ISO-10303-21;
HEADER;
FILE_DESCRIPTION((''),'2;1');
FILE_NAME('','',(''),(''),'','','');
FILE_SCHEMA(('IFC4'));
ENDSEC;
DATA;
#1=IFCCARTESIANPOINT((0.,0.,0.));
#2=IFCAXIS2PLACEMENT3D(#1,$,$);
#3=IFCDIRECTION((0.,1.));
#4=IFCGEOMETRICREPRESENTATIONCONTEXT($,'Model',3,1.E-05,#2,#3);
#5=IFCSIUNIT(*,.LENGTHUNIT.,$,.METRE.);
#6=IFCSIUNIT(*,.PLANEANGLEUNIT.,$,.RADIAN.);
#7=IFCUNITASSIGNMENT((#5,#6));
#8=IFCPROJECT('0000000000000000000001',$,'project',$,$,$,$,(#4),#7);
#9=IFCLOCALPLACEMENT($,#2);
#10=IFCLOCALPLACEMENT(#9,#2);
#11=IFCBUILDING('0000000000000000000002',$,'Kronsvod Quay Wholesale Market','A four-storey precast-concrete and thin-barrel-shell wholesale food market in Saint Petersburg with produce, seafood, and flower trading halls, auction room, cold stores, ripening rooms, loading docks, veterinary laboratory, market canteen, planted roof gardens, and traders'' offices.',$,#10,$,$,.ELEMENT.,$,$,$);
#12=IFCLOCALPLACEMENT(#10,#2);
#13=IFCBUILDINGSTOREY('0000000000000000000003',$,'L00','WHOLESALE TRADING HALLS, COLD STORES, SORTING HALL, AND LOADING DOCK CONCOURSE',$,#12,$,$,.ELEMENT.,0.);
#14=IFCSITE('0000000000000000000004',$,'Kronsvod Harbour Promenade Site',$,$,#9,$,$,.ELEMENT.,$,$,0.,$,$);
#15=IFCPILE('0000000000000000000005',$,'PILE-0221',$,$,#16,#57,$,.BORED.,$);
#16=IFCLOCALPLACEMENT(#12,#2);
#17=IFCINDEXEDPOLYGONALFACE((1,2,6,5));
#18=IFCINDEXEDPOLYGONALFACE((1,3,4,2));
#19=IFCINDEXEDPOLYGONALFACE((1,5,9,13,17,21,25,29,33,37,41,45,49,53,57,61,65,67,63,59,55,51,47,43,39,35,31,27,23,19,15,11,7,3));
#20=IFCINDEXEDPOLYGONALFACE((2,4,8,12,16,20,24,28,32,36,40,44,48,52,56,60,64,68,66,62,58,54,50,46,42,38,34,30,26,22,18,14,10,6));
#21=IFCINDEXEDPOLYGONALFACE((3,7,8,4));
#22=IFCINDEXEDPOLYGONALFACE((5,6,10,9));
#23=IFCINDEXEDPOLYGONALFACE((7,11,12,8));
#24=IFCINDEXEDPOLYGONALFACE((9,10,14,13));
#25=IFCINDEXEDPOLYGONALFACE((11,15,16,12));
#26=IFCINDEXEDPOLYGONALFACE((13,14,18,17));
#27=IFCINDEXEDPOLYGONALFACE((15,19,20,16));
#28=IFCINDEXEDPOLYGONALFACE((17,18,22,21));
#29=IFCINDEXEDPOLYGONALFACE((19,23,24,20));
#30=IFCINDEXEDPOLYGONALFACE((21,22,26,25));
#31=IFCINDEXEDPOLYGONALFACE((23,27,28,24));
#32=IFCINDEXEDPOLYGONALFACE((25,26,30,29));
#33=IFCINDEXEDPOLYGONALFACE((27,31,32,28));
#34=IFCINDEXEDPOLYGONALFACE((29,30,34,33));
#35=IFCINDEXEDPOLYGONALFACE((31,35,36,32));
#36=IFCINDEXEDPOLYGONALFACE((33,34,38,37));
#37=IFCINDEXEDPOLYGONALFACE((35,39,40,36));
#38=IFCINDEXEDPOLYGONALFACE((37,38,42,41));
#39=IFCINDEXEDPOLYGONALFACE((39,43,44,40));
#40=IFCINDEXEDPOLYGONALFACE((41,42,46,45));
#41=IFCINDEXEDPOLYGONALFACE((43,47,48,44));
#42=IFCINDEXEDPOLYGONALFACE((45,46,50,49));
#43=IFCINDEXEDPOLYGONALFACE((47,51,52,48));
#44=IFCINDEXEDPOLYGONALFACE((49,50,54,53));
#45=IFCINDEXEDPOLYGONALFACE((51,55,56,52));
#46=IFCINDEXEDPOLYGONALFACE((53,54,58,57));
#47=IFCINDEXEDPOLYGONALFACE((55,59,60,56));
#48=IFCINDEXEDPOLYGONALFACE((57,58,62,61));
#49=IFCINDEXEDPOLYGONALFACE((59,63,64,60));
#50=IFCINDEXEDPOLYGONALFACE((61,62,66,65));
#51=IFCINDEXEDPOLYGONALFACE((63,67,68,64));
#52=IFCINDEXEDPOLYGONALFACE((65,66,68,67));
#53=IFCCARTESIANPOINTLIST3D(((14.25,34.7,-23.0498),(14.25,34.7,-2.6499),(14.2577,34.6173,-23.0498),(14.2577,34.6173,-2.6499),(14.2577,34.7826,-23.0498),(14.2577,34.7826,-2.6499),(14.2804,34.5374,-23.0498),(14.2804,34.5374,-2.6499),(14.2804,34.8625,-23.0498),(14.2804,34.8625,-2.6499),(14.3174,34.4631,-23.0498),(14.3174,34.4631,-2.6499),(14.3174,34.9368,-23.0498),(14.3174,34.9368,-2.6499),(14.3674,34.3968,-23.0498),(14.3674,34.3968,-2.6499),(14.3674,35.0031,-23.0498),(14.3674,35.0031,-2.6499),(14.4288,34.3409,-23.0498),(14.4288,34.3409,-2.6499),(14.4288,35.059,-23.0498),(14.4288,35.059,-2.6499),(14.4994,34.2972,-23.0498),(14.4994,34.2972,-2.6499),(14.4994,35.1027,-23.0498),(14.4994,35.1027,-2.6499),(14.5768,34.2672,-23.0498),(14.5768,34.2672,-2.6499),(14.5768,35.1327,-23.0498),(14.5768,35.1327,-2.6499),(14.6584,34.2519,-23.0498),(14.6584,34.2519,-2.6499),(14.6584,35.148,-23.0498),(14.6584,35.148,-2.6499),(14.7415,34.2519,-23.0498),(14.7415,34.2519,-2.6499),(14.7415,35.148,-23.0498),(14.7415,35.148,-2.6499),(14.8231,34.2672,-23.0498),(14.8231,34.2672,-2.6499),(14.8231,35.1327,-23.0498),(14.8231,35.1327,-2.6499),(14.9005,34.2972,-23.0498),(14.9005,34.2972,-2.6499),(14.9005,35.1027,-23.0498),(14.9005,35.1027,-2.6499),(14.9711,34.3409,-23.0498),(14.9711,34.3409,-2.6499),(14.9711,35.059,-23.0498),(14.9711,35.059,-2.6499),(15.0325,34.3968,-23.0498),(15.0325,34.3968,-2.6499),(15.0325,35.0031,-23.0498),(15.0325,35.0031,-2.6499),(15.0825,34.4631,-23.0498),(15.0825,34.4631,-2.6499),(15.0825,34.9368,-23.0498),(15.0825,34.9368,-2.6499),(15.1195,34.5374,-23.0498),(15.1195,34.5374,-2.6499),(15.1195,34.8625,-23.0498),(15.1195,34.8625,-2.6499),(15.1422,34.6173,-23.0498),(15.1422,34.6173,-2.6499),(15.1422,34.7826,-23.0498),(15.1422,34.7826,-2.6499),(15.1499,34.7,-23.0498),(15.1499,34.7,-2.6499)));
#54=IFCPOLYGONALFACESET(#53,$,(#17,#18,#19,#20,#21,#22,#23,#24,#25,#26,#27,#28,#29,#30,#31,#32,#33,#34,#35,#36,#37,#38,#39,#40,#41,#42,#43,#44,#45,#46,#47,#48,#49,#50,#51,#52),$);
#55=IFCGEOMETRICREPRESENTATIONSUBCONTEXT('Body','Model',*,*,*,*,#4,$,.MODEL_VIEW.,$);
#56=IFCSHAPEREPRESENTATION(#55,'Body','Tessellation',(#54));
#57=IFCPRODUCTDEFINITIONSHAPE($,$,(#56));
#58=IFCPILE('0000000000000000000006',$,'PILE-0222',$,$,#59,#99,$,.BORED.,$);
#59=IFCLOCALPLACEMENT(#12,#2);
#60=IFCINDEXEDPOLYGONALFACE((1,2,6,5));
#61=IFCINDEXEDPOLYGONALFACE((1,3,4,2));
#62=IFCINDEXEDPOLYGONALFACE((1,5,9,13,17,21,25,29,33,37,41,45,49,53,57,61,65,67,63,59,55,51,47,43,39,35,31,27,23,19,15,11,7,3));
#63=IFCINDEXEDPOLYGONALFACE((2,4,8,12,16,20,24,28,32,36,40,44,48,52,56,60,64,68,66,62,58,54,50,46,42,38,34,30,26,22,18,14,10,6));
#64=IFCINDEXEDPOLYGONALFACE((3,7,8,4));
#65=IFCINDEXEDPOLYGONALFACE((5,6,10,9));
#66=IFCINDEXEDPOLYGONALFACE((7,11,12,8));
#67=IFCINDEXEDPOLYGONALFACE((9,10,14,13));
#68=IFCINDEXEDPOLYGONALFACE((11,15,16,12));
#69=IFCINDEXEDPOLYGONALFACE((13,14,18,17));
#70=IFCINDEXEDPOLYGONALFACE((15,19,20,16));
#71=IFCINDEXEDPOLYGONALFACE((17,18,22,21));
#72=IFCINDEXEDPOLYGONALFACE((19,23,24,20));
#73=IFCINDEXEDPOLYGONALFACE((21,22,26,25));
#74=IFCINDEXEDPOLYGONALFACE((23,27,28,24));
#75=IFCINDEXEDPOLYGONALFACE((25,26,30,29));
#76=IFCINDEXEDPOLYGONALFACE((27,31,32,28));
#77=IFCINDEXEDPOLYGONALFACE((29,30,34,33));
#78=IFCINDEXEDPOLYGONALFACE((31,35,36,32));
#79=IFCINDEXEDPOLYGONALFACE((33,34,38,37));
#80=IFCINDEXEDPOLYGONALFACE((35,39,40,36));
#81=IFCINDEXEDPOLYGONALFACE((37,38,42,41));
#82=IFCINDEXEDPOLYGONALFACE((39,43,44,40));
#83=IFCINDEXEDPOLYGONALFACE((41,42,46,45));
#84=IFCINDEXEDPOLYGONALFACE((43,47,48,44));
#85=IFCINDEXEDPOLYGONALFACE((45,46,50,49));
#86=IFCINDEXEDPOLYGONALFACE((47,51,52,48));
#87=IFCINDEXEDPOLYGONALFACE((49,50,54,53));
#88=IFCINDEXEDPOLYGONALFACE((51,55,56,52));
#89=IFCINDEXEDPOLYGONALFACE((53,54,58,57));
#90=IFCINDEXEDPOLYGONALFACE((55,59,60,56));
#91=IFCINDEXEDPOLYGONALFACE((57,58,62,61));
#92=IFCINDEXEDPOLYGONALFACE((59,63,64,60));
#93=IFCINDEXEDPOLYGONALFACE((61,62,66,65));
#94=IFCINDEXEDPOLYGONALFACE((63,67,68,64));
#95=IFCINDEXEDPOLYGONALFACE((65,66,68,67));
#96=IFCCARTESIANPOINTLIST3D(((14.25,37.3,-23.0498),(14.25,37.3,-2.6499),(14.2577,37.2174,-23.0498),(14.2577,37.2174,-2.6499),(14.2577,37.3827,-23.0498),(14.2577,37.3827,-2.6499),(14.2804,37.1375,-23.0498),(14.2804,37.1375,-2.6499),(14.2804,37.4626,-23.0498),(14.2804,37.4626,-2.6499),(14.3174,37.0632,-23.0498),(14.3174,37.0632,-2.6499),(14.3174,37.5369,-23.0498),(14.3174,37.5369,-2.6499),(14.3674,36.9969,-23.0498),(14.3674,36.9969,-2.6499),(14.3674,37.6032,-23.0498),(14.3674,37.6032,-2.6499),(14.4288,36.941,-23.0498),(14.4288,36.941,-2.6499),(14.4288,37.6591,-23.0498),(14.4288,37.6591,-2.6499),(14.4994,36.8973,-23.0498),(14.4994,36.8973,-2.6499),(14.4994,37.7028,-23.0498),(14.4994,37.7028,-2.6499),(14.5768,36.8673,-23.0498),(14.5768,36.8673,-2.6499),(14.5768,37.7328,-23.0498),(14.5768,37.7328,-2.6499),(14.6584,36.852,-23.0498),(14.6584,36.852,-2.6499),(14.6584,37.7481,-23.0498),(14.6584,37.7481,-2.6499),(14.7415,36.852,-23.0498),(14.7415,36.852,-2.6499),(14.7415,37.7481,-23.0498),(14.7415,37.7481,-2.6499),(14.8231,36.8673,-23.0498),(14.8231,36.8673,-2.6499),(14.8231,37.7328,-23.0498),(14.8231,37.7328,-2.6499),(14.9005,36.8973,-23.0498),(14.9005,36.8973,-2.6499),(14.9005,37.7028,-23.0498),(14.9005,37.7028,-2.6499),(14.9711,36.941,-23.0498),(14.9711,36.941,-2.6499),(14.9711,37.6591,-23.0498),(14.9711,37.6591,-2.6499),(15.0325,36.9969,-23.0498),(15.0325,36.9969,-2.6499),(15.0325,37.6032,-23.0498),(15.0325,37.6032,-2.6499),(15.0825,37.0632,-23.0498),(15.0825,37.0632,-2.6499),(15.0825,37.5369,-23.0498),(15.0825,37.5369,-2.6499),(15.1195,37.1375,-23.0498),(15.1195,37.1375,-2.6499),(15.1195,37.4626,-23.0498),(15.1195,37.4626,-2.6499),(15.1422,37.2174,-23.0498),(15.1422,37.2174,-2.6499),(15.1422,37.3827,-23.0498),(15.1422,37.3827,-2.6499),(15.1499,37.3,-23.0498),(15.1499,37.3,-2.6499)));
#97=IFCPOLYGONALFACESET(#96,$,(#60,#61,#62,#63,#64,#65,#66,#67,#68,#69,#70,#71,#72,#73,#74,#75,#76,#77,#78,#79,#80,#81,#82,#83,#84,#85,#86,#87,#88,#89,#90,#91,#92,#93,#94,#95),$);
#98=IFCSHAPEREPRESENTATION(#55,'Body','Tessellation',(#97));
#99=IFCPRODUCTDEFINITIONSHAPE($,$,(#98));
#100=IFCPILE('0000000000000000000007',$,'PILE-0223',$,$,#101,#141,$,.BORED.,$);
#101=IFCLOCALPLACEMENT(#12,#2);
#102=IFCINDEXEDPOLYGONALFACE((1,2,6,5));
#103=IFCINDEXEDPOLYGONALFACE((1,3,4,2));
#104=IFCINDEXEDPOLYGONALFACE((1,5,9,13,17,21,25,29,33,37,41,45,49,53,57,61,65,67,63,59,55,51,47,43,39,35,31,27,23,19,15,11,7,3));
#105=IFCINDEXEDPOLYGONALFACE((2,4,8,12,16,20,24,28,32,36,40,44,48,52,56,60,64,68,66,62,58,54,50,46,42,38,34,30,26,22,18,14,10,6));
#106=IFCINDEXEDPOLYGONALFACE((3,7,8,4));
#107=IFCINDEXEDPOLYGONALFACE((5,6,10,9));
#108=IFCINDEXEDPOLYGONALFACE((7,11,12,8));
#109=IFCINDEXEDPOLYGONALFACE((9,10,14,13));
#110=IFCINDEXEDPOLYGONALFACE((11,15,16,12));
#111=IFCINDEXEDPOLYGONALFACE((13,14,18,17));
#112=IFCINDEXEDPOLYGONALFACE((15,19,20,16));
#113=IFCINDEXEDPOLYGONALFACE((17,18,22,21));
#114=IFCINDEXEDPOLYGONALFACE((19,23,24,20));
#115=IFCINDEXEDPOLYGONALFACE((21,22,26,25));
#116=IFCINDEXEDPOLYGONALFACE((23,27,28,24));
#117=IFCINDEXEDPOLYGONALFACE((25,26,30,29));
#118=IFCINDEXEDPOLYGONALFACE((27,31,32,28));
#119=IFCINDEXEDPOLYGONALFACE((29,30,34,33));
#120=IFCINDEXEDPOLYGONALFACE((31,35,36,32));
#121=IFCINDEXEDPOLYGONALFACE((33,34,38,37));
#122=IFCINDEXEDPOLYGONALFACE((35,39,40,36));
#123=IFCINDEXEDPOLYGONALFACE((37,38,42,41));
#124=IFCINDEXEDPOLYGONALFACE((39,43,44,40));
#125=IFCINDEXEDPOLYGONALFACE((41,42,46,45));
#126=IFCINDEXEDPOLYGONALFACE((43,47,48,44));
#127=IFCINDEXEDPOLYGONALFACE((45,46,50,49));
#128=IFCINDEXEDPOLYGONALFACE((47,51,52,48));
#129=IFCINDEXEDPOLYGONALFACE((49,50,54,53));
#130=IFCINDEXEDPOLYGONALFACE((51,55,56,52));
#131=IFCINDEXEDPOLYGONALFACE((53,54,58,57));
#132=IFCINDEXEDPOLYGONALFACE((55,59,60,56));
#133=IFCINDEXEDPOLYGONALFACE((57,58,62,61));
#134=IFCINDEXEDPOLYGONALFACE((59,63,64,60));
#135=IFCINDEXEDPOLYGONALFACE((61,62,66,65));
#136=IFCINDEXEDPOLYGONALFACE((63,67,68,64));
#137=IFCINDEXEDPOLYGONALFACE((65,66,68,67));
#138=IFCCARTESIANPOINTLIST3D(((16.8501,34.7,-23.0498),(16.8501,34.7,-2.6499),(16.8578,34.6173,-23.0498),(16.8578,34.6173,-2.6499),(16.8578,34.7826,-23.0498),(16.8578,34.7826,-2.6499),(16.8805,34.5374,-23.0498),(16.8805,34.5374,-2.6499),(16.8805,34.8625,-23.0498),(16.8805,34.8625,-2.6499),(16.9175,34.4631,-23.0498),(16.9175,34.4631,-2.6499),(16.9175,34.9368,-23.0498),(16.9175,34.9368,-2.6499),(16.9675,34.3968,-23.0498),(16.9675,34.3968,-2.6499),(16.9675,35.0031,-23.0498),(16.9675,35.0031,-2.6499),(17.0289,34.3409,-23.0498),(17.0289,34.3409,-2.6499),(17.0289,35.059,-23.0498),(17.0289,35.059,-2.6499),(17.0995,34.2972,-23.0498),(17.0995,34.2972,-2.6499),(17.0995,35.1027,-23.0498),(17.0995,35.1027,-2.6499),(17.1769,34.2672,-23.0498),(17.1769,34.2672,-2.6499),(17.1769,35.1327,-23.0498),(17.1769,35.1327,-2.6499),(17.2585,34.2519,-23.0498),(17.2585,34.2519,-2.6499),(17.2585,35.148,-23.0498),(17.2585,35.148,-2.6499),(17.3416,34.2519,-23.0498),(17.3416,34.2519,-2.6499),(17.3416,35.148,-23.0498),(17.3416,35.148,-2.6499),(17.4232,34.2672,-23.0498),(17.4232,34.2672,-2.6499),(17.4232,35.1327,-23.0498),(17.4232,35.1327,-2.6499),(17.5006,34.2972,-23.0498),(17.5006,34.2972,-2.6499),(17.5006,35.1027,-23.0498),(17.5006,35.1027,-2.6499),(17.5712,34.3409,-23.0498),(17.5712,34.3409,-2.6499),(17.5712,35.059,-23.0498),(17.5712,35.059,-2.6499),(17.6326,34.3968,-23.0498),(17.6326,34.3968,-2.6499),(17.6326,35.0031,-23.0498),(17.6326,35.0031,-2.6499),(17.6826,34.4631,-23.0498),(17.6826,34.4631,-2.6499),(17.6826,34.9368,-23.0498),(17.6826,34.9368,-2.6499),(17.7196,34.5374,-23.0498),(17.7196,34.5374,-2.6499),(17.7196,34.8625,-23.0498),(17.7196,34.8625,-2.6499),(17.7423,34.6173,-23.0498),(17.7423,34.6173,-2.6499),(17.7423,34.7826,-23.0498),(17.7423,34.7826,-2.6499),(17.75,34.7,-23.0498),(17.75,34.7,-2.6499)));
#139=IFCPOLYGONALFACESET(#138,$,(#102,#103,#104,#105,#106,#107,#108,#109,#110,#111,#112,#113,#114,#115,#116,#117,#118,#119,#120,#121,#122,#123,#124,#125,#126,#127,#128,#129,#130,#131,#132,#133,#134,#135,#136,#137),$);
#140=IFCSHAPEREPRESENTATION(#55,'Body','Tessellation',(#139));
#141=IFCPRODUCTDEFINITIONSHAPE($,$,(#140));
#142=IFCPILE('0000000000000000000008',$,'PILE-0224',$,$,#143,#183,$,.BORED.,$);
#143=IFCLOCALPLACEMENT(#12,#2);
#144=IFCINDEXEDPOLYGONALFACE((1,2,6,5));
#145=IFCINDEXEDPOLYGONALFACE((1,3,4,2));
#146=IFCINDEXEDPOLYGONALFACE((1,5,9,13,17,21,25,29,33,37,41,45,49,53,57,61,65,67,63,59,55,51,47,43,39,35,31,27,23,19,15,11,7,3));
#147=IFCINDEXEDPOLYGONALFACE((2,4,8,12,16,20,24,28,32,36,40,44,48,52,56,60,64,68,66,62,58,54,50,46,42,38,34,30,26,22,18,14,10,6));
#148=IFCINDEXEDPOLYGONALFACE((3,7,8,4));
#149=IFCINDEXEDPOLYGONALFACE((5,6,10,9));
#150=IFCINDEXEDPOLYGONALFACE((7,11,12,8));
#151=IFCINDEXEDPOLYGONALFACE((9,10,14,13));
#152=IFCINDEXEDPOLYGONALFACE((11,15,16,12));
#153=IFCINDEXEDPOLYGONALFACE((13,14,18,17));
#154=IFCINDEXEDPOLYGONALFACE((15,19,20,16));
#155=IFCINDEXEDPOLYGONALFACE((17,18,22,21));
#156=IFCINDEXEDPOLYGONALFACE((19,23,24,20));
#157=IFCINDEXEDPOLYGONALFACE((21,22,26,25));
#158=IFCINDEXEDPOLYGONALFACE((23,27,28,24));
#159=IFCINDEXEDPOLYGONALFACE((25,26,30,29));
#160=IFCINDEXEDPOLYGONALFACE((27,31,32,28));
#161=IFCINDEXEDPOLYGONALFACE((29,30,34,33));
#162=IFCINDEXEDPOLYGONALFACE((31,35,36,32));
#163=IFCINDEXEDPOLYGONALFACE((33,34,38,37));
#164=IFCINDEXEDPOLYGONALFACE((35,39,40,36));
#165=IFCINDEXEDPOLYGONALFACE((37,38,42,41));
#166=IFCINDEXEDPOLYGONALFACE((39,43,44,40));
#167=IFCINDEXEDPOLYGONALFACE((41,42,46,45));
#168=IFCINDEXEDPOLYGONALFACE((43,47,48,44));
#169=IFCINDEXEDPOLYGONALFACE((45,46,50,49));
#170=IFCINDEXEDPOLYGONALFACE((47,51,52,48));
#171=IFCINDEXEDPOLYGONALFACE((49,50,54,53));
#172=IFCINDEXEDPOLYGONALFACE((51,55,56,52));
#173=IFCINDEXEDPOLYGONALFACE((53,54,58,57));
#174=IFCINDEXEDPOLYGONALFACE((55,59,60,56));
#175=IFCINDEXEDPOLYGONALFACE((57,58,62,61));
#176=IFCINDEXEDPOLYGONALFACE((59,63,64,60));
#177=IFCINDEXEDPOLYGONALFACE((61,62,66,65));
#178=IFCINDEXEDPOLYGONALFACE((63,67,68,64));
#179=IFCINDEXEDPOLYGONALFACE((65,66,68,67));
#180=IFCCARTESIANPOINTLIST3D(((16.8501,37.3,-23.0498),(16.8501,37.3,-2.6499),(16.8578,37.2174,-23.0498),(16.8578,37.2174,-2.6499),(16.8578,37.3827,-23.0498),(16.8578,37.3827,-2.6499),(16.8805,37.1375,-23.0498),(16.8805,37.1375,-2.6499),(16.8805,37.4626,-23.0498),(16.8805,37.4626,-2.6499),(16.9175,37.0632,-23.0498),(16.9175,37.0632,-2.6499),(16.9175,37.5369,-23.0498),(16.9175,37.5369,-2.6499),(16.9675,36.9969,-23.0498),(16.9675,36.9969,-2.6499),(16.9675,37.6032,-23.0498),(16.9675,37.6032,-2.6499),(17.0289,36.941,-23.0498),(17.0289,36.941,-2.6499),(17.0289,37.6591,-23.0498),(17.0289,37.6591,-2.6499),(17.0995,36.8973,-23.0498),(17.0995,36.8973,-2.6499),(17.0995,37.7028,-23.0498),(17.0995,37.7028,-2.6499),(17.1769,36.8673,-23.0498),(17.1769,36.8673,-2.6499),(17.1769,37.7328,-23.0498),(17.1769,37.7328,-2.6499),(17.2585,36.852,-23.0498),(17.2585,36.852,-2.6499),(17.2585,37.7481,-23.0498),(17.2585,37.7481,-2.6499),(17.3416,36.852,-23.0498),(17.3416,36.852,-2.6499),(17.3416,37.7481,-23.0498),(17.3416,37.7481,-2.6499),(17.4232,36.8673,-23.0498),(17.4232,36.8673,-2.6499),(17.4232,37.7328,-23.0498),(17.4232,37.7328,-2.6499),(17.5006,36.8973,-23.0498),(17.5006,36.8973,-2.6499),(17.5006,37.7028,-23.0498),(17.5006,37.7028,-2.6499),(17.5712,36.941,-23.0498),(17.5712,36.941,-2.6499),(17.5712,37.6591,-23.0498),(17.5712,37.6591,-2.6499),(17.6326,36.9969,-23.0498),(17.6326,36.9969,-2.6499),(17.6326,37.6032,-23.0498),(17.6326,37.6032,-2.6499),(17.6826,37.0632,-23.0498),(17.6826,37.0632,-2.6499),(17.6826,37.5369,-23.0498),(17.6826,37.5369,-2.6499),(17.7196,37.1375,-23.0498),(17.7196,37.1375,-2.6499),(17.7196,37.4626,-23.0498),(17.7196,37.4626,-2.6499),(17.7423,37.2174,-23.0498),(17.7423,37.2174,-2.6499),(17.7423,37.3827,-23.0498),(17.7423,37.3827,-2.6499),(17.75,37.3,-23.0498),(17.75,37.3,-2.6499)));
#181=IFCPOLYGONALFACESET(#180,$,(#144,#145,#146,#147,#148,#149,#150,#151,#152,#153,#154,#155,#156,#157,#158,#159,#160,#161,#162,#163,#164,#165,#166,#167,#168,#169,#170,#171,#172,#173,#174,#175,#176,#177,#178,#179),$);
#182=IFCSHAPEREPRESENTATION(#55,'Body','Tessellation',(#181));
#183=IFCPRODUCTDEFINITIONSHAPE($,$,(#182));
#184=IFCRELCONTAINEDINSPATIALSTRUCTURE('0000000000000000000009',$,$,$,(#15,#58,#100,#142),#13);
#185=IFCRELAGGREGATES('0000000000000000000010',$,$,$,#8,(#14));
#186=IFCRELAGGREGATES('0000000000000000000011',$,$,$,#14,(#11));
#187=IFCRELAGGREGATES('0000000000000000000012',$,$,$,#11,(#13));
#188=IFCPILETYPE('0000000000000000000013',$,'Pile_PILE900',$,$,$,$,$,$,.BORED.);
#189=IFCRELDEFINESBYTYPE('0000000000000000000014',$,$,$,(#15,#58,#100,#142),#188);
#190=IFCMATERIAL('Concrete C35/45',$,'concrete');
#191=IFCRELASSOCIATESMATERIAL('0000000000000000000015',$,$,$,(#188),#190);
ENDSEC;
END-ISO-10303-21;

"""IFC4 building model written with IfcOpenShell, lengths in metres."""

from ifc_helpers import new_model, si_unit, direction, frame, origin, origin_2d, place, context, subcontext, project, spatial, circle, extrude, material, material_profile, profile_set, type_object, element, save


model = new_model("IFC4")

# Units and contexts
model_context = context("Model", 3, precision=1e-05, world=origin(), true_north=direction((0.0, 1.0)))
body_context = subcontext(model_context, "Body", "Model", "MODEL_VIEW")
ifc_project = project(units=[si_unit("LENGTHUNIT", "METRE"), si_unit("PLANEANGLEUNIT", "RADIAN")], contexts=[model_context])

# Site, building, storey
site_placement = place(None, origin())
site = spatial("IfcSite", under=ifc_project, at=site_placement, Name="Kronsvod Harbour Promenade Site", CompositionType="ELEMENT", RefElevation=0.0)
building_placement = place(site_placement, origin())
building = spatial("IfcBuilding", under=site, at=building_placement, Name="Kronsvod Quay Wholesale Market", Description="A four-storey precast-concrete and thin-barrel-shell wholesale food market in Saint Petersburg with produce, seafood, and flower trading halls, auction room, cold stores, ripening rooms, loading docks, veterinary laboratory, market canteen, planted roof gardens, and traders' offices.", CompositionType="ELEMENT")
storey_placement = place(building_placement, origin())
storey = spatial("IfcBuildingStorey", under=building, at=storey_placement, Name="L00", Description="WHOLESALE TRADING HALLS, COLD STORES, SORTING HALL, AND LOADING DOCK CONCOURSE", CompositionType="ELEMENT", Elevation=0.0)

# Piles
ifc_material_1 = material(Name="Concrete C35/45", Category="concrete")
ifc_material_profile_1 = material_profile(ifc_material_1, circle(Radius=0.45, at=origin_2d()), Name="PILE900")
ifc_profile_set_1 = profile_set([ifc_material_profile_1], Name="Concrete C35/45")
pile_type = type_object("IfcPileType", Name="Pile_PILE900", PredefinedType="BORED", material=ifc_profile_set_1)
for number, where, z_axis, x_axis, name in (
    (1, (14.7, 34.7, -2.6499), (0.0, 0.0, -1.0), (1.0, 0.0, 0.0), "PILE-0221"),
    (2, (14.7, 37.3, -2.6499), (0.0, 0.0, -1.0), (1.0, 0.0, 0.0), "PILE-0222"),
    (3, (17.3, 34.7, -2.6499), (0.0, 0.0, -1.0), (1.0, 0.0, 0.0), "PILE-0223"),
    (4, (17.3, 37.3, -2.6499), (0.0, 0.0, -1.0), (1.0, 0.0, 0.0), "PILE-0224"),
):
    element("IfcPile", number, at=place(storey_placement, frame(where, z_axis=z_axis, x_axis=x_axis)), inside=storey, type_object=pile_type, Name=name, PredefinedType="BORED", context=body_context, shape_type="SweptSolid", body=[
        extrude(circle(Radius=0.45, at=origin_2d()), origin(), (0.0, 0.0, 1.0), 20.3999),
    ])

save(model, "model.ifc")
